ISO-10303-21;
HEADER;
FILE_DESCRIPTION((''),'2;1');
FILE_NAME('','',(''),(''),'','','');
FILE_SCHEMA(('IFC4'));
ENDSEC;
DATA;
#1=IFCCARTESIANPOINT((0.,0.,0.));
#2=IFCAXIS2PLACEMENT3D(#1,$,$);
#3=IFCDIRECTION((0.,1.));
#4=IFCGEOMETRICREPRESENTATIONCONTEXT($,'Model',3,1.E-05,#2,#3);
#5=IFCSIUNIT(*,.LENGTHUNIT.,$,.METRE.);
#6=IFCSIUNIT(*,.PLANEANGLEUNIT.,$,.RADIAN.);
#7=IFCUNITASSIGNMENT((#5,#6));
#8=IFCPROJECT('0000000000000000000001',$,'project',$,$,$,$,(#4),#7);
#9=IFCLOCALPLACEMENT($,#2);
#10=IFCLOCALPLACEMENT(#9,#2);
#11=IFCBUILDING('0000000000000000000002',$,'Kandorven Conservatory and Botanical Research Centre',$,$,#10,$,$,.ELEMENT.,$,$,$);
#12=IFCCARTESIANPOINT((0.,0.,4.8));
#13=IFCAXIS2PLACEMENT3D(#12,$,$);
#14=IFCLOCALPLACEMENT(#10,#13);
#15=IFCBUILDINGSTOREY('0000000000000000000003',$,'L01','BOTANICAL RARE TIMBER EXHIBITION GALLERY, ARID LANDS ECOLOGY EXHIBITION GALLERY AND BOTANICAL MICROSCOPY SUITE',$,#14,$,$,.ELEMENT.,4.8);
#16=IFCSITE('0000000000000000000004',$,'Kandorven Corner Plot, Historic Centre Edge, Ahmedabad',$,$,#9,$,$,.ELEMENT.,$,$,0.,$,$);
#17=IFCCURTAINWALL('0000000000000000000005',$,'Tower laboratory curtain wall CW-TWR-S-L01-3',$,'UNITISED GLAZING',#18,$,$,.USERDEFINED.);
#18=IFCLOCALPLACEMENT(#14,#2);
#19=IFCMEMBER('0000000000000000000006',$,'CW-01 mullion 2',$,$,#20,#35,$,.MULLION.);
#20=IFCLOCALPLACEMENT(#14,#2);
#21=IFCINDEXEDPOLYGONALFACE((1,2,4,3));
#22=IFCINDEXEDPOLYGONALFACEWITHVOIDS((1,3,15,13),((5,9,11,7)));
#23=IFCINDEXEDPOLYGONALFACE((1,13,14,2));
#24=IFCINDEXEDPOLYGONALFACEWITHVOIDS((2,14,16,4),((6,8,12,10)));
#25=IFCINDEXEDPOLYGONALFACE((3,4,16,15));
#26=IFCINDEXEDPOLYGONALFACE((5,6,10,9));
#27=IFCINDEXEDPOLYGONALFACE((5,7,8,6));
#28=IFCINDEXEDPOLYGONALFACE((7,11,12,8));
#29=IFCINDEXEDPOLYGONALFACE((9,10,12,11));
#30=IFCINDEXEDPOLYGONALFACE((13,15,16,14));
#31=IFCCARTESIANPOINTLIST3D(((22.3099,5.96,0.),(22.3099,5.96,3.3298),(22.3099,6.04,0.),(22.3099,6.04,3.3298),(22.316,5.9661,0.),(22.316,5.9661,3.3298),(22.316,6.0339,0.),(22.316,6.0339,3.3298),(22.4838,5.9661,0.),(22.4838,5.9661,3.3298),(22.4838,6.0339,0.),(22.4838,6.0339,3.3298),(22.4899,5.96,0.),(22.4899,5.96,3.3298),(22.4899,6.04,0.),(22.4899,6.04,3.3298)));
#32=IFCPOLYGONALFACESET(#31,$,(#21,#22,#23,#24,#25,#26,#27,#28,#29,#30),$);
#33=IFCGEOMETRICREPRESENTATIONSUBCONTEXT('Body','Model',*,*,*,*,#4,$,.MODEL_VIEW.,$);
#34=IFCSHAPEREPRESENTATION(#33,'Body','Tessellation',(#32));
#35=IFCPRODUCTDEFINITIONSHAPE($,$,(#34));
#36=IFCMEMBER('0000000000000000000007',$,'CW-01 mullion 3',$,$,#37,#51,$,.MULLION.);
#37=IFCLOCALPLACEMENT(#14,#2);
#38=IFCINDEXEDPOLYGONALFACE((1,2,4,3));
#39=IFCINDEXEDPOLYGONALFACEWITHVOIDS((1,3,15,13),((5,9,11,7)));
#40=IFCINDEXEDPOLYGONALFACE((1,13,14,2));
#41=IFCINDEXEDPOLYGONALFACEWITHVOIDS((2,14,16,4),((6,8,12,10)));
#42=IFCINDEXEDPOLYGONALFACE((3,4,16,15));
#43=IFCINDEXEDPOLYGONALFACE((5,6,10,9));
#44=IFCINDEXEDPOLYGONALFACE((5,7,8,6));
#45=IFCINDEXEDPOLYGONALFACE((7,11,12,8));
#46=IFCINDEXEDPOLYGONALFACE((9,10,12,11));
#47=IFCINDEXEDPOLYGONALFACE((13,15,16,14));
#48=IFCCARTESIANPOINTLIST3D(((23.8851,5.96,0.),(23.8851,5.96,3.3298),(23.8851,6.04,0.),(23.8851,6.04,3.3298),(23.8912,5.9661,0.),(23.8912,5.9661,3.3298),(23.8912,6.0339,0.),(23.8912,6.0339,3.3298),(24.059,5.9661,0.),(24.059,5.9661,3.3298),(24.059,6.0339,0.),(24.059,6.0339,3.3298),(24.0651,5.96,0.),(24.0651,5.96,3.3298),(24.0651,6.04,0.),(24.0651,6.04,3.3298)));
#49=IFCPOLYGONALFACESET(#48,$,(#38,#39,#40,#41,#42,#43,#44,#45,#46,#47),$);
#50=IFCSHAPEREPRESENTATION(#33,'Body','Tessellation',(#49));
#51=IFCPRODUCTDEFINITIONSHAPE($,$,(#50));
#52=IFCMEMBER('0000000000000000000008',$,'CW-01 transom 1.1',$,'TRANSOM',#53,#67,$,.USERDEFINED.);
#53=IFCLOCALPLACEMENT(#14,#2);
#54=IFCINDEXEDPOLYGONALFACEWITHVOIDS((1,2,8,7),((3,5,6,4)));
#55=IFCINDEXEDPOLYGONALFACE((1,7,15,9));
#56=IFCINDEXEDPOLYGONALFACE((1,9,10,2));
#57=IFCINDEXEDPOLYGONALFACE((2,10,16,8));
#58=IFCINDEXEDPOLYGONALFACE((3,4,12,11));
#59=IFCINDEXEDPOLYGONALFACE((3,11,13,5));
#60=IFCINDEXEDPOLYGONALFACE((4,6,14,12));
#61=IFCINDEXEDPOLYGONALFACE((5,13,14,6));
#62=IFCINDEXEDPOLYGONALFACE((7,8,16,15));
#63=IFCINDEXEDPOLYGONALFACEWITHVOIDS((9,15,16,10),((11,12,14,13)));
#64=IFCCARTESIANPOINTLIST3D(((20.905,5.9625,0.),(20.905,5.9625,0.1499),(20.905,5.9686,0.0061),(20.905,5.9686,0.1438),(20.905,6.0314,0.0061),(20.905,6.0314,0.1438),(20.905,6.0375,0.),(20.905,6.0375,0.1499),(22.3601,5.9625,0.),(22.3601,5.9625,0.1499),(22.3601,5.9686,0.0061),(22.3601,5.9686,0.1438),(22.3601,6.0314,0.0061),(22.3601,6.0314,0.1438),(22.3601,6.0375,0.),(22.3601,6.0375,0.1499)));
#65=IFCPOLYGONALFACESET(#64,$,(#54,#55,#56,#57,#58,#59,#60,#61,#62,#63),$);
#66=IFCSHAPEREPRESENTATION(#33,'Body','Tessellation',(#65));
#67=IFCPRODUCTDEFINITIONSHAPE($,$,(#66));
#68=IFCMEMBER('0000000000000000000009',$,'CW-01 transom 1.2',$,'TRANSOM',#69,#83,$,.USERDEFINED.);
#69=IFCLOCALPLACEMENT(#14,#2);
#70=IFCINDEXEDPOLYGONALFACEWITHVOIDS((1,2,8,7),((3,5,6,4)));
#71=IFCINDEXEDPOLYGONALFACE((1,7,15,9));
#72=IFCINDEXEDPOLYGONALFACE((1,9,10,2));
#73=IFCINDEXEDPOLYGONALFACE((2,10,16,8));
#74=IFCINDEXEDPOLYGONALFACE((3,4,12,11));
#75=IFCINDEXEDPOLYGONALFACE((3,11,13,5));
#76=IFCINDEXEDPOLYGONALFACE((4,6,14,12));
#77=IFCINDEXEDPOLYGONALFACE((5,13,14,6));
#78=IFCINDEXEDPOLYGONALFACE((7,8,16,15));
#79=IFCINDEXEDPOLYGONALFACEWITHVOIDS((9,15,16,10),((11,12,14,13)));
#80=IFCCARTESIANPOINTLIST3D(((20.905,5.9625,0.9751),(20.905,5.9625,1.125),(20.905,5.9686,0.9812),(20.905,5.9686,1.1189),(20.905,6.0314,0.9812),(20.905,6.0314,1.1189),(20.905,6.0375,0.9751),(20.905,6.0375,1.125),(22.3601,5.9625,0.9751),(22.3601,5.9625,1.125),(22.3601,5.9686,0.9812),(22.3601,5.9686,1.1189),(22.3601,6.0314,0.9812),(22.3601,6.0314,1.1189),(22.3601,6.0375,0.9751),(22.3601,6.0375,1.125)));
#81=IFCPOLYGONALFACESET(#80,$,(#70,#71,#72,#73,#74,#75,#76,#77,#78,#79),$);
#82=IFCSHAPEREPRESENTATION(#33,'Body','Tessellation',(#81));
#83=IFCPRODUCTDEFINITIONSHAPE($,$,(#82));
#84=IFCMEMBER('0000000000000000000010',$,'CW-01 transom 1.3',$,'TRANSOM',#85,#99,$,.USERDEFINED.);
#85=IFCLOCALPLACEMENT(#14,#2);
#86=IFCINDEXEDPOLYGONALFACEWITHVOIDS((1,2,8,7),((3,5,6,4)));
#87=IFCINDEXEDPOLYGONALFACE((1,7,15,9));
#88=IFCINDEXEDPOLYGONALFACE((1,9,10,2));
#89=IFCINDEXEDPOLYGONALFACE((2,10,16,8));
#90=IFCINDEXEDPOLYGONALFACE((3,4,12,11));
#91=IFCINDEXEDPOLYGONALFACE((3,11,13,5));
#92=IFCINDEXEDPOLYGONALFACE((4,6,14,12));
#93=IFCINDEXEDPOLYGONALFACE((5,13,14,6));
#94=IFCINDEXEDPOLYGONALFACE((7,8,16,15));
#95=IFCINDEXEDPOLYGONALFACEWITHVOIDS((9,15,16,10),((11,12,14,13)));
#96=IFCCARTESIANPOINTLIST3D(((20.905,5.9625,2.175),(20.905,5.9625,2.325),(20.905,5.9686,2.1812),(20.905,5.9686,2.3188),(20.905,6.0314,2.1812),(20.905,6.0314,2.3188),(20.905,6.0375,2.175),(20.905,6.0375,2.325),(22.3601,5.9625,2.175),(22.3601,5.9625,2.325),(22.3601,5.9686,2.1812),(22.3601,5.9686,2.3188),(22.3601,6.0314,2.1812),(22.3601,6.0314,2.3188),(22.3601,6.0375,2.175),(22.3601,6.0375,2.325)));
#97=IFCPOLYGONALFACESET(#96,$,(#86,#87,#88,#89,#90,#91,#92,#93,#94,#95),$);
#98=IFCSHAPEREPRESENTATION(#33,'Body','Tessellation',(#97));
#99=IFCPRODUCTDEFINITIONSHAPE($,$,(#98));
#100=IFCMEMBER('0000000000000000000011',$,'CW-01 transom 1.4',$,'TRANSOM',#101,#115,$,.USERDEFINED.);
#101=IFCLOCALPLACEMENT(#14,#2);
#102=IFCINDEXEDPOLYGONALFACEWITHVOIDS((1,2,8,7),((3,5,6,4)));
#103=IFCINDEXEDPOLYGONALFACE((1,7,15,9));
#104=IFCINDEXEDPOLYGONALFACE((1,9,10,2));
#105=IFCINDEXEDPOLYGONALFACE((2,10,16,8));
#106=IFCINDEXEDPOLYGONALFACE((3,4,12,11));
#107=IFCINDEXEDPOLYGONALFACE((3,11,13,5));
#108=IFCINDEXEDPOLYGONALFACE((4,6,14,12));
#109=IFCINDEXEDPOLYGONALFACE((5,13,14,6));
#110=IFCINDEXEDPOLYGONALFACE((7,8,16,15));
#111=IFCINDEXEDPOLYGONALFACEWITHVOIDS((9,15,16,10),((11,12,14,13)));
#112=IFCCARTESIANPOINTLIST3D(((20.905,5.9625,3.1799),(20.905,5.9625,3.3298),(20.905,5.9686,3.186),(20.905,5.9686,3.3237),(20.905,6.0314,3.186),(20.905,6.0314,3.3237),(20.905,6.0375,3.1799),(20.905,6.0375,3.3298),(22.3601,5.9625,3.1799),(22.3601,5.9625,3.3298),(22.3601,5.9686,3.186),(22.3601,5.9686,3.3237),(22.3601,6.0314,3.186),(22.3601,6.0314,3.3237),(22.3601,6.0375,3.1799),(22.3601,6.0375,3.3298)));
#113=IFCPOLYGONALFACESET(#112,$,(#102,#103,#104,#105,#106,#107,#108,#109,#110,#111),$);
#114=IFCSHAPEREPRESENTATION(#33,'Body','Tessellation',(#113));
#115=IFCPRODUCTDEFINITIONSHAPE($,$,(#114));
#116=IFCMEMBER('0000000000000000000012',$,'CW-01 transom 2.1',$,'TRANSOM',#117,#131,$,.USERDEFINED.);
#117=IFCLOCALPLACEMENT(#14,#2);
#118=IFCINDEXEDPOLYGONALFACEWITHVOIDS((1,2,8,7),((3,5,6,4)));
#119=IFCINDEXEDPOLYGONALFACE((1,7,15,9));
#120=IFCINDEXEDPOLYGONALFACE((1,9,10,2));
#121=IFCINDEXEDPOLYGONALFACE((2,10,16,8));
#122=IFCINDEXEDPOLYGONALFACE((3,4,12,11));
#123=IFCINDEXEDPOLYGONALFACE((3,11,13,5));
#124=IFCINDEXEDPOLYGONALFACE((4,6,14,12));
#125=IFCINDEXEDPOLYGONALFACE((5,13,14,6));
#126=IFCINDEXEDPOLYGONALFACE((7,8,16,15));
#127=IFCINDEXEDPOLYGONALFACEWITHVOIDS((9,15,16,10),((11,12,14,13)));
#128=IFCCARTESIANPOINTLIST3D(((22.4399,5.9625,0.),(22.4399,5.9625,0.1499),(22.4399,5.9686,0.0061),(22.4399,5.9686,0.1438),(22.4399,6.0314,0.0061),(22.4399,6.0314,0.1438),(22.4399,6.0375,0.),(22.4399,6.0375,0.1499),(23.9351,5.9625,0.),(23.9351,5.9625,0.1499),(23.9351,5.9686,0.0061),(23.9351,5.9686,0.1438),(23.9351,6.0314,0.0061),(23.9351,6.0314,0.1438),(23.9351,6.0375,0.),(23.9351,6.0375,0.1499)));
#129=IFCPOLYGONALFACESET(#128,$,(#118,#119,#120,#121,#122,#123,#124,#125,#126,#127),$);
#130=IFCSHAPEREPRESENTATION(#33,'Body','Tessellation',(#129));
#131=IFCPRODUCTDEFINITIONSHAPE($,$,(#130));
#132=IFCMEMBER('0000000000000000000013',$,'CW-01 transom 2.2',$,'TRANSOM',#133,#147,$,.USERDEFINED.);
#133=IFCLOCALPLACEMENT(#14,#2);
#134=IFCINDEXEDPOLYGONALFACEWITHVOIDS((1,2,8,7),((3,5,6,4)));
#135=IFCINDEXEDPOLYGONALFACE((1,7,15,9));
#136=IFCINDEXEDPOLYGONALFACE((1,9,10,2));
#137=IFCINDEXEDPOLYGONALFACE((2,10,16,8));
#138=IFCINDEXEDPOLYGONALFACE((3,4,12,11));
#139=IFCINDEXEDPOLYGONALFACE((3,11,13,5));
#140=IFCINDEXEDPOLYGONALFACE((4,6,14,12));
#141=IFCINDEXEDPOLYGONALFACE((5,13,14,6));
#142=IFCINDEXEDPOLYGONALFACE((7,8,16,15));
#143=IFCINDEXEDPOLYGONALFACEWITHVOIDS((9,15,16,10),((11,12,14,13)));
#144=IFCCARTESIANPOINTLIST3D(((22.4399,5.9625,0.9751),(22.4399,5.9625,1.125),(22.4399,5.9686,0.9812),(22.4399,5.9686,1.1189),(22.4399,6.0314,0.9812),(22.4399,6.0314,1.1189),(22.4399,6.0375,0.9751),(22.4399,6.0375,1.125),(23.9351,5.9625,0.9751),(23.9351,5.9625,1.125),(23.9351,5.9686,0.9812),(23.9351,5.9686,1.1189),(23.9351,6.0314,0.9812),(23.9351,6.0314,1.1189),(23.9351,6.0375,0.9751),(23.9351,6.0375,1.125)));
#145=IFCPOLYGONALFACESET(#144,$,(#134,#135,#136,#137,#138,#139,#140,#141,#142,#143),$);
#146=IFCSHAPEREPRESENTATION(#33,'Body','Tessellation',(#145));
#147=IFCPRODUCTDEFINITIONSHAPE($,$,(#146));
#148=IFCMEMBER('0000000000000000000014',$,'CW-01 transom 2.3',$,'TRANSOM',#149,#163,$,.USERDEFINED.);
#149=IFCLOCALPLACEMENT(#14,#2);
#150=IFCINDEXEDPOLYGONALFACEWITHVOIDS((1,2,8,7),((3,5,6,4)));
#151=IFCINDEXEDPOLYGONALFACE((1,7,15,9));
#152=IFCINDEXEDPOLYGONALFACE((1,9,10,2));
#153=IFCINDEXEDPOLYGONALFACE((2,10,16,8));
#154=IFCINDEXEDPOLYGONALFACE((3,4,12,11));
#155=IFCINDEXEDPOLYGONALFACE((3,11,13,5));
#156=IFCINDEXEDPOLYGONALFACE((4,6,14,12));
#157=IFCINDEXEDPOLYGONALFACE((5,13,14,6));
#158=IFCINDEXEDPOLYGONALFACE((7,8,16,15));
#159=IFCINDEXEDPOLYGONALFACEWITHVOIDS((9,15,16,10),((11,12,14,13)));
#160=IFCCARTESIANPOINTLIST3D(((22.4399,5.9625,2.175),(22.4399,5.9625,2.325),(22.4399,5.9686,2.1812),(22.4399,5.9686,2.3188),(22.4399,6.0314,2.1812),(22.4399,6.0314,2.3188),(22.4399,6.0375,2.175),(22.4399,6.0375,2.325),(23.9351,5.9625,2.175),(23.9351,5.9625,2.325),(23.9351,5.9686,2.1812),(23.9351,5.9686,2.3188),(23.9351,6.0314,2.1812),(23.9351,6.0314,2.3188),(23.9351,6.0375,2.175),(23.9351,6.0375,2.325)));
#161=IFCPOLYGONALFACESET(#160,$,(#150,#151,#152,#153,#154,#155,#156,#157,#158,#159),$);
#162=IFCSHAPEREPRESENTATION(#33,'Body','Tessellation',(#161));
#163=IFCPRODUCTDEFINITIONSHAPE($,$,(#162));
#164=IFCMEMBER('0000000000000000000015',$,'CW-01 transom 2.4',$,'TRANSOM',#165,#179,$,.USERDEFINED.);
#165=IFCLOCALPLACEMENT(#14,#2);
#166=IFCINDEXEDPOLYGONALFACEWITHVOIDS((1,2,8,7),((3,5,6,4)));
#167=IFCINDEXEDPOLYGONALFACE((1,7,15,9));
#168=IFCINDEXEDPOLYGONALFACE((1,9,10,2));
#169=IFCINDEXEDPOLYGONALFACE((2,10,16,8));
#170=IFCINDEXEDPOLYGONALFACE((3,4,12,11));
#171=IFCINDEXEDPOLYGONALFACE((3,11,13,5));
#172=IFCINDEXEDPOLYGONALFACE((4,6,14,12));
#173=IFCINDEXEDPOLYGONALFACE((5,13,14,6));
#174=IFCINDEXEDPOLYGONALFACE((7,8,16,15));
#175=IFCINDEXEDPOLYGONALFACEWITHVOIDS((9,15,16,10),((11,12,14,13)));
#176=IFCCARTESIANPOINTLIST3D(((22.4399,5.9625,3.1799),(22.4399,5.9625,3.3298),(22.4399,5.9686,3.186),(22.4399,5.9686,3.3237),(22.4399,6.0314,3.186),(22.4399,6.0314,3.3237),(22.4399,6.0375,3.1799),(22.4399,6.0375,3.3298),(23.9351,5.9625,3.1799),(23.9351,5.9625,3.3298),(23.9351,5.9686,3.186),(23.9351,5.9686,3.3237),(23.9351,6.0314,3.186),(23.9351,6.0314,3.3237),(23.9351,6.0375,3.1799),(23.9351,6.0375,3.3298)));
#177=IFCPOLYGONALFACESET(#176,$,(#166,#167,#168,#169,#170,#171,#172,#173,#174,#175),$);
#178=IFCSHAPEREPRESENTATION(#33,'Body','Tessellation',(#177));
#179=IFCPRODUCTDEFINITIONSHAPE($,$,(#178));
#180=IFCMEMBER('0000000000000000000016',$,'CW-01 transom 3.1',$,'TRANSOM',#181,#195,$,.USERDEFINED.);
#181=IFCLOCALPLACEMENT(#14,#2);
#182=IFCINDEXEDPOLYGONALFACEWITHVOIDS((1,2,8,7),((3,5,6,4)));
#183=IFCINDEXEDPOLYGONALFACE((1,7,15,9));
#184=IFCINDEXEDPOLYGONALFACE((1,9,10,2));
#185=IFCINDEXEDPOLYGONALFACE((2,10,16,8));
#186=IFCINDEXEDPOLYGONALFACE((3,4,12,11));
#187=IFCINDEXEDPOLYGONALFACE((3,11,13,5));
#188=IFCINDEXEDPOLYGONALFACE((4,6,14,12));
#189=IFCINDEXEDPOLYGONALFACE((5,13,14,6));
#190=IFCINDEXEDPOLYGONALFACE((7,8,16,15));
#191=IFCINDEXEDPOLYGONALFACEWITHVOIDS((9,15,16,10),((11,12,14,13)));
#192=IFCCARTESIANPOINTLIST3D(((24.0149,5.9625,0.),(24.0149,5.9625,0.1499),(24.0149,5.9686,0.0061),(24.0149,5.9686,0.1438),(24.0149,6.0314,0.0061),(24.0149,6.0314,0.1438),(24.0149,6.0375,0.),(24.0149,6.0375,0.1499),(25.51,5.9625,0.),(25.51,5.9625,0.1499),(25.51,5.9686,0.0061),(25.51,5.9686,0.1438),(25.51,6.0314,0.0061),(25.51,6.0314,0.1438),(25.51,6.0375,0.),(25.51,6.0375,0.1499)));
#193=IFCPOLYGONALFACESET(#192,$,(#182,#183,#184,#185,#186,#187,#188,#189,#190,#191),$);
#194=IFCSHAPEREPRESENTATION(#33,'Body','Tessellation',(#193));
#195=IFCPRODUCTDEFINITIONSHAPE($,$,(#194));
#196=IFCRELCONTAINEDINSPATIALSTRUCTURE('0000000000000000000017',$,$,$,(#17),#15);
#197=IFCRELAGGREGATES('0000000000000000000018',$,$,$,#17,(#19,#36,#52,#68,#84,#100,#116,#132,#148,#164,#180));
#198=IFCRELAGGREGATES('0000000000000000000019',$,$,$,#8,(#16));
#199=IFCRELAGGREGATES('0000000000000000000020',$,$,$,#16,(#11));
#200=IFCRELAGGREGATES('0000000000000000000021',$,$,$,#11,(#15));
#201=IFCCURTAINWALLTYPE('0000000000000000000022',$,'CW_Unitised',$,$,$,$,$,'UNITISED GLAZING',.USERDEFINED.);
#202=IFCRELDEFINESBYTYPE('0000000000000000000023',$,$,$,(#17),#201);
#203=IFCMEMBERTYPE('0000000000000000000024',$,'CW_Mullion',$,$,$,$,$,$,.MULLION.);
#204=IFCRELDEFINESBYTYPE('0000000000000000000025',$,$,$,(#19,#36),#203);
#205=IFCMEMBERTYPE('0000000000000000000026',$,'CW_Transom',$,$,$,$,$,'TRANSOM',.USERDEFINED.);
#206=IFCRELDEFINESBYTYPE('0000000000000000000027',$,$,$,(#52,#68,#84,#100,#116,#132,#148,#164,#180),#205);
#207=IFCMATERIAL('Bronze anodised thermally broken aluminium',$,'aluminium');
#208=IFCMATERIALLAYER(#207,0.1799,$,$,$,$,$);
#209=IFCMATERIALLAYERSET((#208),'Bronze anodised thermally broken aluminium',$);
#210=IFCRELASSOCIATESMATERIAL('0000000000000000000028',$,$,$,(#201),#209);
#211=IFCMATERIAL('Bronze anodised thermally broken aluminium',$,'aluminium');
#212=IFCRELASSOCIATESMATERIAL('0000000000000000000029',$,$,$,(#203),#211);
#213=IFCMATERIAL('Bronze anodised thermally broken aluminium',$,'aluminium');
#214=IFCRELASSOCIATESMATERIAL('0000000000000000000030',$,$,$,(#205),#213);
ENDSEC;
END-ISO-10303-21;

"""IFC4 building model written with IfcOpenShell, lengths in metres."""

from ifc_helpers import new_model, si_unit, direction, frame, origin, origin_2d, place, context, subcontext, project, spatial, hollow_rectangle, extrude, material, layer, layer_set, material_profile, profile_set, type_object, element, aggregate, save


model = new_model("IFC4")

# Units and contexts
model_context = context("Model", 3, precision=1e-05, world=origin(), true_north=direction((0.0, 1.0)))
body_context = subcontext(model_context, "Body", "Model", "MODEL_VIEW")
ifc_project = project(units=[si_unit("LENGTHUNIT", "METRE"), si_unit("PLANEANGLEUNIT", "RADIAN")], contexts=[model_context])

# Site, building, storey
site_placement = place(None, origin())
site = spatial("IfcSite", under=ifc_project, at=site_placement, Name="Kandorven Corner Plot, Historic Centre Edge, Ahmedabad", CompositionType="ELEMENT", RefElevation=0.0)
building_placement = place(site_placement, origin())
building = spatial("IfcBuilding", under=site, at=building_placement, Name="Kandorven Conservatory and Botanical Research Centre", CompositionType="ELEMENT")
storey_placement = place(building_placement, frame((0.0, 0.0, 4.8)))
storey = spatial("IfcBuildingStorey", under=building, at=storey_placement, Name="L01", Description="BOTANICAL RARE TIMBER EXHIBITION GALLERY, ARID LANDS ECOLOGY EXHIBITION GALLERY AND BOTANICAL MICROSCOPY SUITE", CompositionType="ELEMENT", Elevation=4.8)

# Curtain wall, members
ifc_material_1 = material(Name="Bronze anodised thermally broken aluminium", Category="aluminium")
ifc_layer_1 = layer(ifc_material_1, 0.1799)
ifc_layer_set_1 = layer_set([ifc_layer_1], Name="Bronze anodised thermally broken aluminium")
curtain_wall_type = type_object("IfcCurtainWallType", Name="CW_Unitised", ElementType="UNITISED GLAZING", PredefinedType="USERDEFINED", material=ifc_layer_set_1)
curtain_wall_placement = place(storey_placement, origin())
curtain_wall = element("IfcCurtainWall", 1, at=curtain_wall_placement, inside=storey, type_object=curtain_wall_type, Name="Tower laboratory curtain wall CW-TWR-S-L01-3", ObjectType="UNITISED GLAZING", PredefinedType="USERDEFINED")
ifc_material_2 = material(Name="Bronze anodised thermally broken aluminium", Category="aluminium")
ifc_material_profile_1 = material_profile(ifc_material_2, hollow_rectangle(XDim=0.0801, YDim=0.1799, WallThickness=0.0061, at=origin_2d()))
ifc_profile_set_1 = profile_set([ifc_material_profile_1], Name="Bronze anodised thermally broken aluminium")
member_type_1 = type_object("IfcMemberType", Name="CW_Mullion", PredefinedType="MULLION", material=ifc_profile_set_1)
member_1_placement = place(storey_placement, frame((22.3999, 6.0, 0.0), z_axis=(0.0, 0.0, 1.0), x_axis=(0.0, 1.0, 0.0)))
member_1 = element("IfcMember", 2, at=member_1_placement, type_object=member_type_1, Name="CW-01 mullion 2", PredefinedType="MULLION", context=body_context, shape_type="SweptSolid", body=[
    extrude(hollow_rectangle(XDim=0.0801, YDim=0.1799, WallThickness=0.0061, at=origin_2d()), origin(), (0.0, 0.0, 1.0), 3.3298),
])
member_2_placement = place(storey_placement, frame((23.9751, 6.0, 0.0), z_axis=(0.0, 0.0, 1.0), x_axis=(0.0, 1.0, 0.0)))
member_2 = element("IfcMember", 3, at=member_2_placement, type_object=member_type_1, Name="CW-01 mullion 3", PredefinedType="MULLION", context=body_context, shape_type="SweptSolid", body=[
    extrude(hollow_rectangle(XDim=0.0801, YDim=0.1799, WallThickness=0.0061, at=origin_2d()), origin(), (0.0, 0.0, 1.0), 3.3298),
])
ifc_material_3 = material(Name="Bronze anodised thermally broken aluminium", Category="aluminium")
ifc_material_profile_2 = material_profile(ifc_material_3, hollow_rectangle(XDim=0.075, YDim=0.1499, WallThickness=0.0061, at=origin_2d()))
ifc_profile_set_2 = profile_set([ifc_material_profile_2], Name="Bronze anodised thermally broken aluminium")
member_type_2 = type_object("IfcMemberType", Name="CW_Transom", ElementType="TRANSOM", PredefinedType="USERDEFINED", material=ifc_profile_set_2)
member_3_placement = place(storey_placement, frame((20.905, 6.0, 0.075), z_axis=(1.0, 0.0, 0.0), x_axis=(0.0, 1.0, 0.0)))
member_3 = element("IfcMember", 4, at=member_3_placement, type_object=member_type_2, Name="CW-01 transom 1.1", ObjectType="TRANSOM", PredefinedType="USERDEFINED", context=body_context, shape_type="SweptSolid", body=[
    extrude(hollow_rectangle(XDim=0.075, YDim=0.1499, WallThickness=0.0061, at=origin_2d()), origin(), (0.0, 0.0, 1.0), 1.4551),
])
member_4_placement = place(storey_placement, frame((20.905, 6.0, 1.05), z_axis=(1.0, 0.0, 0.0), x_axis=(0.0, 1.0, 0.0)))
member_4 = element("IfcMember", 5, at=member_4_placement, type_object=member_type_2, Name="CW-01 transom 1.2", ObjectType="TRANSOM", PredefinedType="USERDEFINED", context=body_context, shape_type="SweptSolid", body=[
    extrude(hollow_rectangle(XDim=0.075, YDim=0.1499, WallThickness=0.0061, at=origin_2d()), origin(), (0.0, 0.0, 1.0), 1.4551),
])
member_5_placement = place(storey_placement, frame((20.905, 6.0, 2.25), z_axis=(1.0, 0.0, 0.0), x_axis=(0.0, 1.0, 0.0)))
member_5 = element("IfcMember", 6, at=member_5_placement, type_object=member_type_2, Name="CW-01 transom 1.3", ObjectType="TRANSOM", PredefinedType="USERDEFINED", context=body_context, shape_type="SweptSolid", body=[
    extrude(hollow_rectangle(XDim=0.075, YDim=0.1499, WallThickness=0.0061, at=origin_2d()), origin(), (0.0, 0.0, 1.0), 1.4551),
])
member_6_placement = place(storey_placement, frame((20.905, 6.0, 3.2549), z_axis=(1.0, 0.0, 0.0), x_axis=(0.0, 1.0, 0.0)))
member_6 = element("IfcMember", 7, at=member_6_placement, type_object=member_type_2, Name="CW-01 transom 1.4", ObjectType="TRANSOM", PredefinedType="USERDEFINED", context=body_context, shape_type="SweptSolid", body=[
    extrude(hollow_rectangle(XDim=0.075, YDim=0.1499, WallThickness=0.0061, at=origin_2d()), origin(), (0.0, 0.0, 1.0), 1.4551),
])
member_7_placement = place(storey_placement, frame((22.4399, 6.0, 0.075), z_axis=(1.0, 0.0, 0.0), x_axis=(0.0, 1.0, 0.0)))
member_7 = element("IfcMember", 8, at=member_7_placement, type_object=member_type_2, Name="CW-01 transom 2.1", ObjectType="TRANSOM", PredefinedType="USERDEFINED", context=body_context, shape_type="SweptSolid", body=[
    extrude(hollow_rectangle(XDim=0.075, YDim=0.1499, WallThickness=0.0061, at=origin_2d()), origin(), (0.0, 0.0, 1.0), 1.4951),
])
member_8_placement = place(storey_placement, frame((22.4399, 6.0, 1.05), z_axis=(1.0, 0.0, 0.0), x_axis=(0.0, 1.0, 0.0)))
member_8 = element("IfcMember", 9, at=member_8_placement, type_object=member_type_2, Name="CW-01 transom 2.2", ObjectType="TRANSOM", PredefinedType="USERDEFINED", context=body_context, shape_type="SweptSolid", body=[
    extrude(hollow_rectangle(XDim=0.075, YDim=0.1499, WallThickness=0.0061, at=origin_2d()), origin(), (0.0, 0.0, 1.0), 1.4951),
])
member_9_placement = place(storey_placement, frame((22.4399, 6.0, 2.25), z_axis=(1.0, 0.0, 0.0), x_axis=(0.0, 1.0, 0.0)))
member_9 = element("IfcMember", 10, at=member_9_placement, type_object=member_type_2, Name="CW-01 transom 2.3", ObjectType="TRANSOM", PredefinedType="USERDEFINED", context=body_context, shape_type="SweptSolid", body=[
    extrude(hollow_rectangle(XDim=0.075, YDim=0.1499, WallThickness=0.0061, at=origin_2d()), origin(), (0.0, 0.0, 1.0), 1.4951),
])
member_10_placement = place(storey_placement, frame((22.4399, 6.0, 3.2549), z_axis=(1.0, 0.0, 0.0), x_axis=(0.0, 1.0, 0.0)))
member_10 = element("IfcMember", 11, at=member_10_placement, type_object=member_type_2, Name="CW-01 transom 2.4", ObjectType="TRANSOM", PredefinedType="USERDEFINED", context=body_context, shape_type="SweptSolid", body=[
    extrude(hollow_rectangle(XDim=0.075, YDim=0.1499, WallThickness=0.0061, at=origin_2d()), origin(), (0.0, 0.0, 1.0), 1.4951),
])
member_11_placement = place(storey_placement, frame((24.0149, 6.0, 0.075), z_axis=(1.0, 0.0, 0.0), x_axis=(0.0, 1.0, 0.0)))
member_11 = element("IfcMember", 12, at=member_11_placement, type_object=member_type_2, Name="CW-01 transom 3.1", ObjectType="TRANSOM", PredefinedType="USERDEFINED", context=body_context, shape_type="SweptSolid", body=[
    extrude(hollow_rectangle(XDim=0.075, YDim=0.1499, WallThickness=0.0061, at=origin_2d()), origin(), (0.0, 0.0, 1.0), 1.4951),
])
aggregate(curtain_wall, [member_1, member_2, member_3, member_4, member_5, member_6, member_7, member_8, member_9, member_10, member_11])

save(model, "model.ifc")
